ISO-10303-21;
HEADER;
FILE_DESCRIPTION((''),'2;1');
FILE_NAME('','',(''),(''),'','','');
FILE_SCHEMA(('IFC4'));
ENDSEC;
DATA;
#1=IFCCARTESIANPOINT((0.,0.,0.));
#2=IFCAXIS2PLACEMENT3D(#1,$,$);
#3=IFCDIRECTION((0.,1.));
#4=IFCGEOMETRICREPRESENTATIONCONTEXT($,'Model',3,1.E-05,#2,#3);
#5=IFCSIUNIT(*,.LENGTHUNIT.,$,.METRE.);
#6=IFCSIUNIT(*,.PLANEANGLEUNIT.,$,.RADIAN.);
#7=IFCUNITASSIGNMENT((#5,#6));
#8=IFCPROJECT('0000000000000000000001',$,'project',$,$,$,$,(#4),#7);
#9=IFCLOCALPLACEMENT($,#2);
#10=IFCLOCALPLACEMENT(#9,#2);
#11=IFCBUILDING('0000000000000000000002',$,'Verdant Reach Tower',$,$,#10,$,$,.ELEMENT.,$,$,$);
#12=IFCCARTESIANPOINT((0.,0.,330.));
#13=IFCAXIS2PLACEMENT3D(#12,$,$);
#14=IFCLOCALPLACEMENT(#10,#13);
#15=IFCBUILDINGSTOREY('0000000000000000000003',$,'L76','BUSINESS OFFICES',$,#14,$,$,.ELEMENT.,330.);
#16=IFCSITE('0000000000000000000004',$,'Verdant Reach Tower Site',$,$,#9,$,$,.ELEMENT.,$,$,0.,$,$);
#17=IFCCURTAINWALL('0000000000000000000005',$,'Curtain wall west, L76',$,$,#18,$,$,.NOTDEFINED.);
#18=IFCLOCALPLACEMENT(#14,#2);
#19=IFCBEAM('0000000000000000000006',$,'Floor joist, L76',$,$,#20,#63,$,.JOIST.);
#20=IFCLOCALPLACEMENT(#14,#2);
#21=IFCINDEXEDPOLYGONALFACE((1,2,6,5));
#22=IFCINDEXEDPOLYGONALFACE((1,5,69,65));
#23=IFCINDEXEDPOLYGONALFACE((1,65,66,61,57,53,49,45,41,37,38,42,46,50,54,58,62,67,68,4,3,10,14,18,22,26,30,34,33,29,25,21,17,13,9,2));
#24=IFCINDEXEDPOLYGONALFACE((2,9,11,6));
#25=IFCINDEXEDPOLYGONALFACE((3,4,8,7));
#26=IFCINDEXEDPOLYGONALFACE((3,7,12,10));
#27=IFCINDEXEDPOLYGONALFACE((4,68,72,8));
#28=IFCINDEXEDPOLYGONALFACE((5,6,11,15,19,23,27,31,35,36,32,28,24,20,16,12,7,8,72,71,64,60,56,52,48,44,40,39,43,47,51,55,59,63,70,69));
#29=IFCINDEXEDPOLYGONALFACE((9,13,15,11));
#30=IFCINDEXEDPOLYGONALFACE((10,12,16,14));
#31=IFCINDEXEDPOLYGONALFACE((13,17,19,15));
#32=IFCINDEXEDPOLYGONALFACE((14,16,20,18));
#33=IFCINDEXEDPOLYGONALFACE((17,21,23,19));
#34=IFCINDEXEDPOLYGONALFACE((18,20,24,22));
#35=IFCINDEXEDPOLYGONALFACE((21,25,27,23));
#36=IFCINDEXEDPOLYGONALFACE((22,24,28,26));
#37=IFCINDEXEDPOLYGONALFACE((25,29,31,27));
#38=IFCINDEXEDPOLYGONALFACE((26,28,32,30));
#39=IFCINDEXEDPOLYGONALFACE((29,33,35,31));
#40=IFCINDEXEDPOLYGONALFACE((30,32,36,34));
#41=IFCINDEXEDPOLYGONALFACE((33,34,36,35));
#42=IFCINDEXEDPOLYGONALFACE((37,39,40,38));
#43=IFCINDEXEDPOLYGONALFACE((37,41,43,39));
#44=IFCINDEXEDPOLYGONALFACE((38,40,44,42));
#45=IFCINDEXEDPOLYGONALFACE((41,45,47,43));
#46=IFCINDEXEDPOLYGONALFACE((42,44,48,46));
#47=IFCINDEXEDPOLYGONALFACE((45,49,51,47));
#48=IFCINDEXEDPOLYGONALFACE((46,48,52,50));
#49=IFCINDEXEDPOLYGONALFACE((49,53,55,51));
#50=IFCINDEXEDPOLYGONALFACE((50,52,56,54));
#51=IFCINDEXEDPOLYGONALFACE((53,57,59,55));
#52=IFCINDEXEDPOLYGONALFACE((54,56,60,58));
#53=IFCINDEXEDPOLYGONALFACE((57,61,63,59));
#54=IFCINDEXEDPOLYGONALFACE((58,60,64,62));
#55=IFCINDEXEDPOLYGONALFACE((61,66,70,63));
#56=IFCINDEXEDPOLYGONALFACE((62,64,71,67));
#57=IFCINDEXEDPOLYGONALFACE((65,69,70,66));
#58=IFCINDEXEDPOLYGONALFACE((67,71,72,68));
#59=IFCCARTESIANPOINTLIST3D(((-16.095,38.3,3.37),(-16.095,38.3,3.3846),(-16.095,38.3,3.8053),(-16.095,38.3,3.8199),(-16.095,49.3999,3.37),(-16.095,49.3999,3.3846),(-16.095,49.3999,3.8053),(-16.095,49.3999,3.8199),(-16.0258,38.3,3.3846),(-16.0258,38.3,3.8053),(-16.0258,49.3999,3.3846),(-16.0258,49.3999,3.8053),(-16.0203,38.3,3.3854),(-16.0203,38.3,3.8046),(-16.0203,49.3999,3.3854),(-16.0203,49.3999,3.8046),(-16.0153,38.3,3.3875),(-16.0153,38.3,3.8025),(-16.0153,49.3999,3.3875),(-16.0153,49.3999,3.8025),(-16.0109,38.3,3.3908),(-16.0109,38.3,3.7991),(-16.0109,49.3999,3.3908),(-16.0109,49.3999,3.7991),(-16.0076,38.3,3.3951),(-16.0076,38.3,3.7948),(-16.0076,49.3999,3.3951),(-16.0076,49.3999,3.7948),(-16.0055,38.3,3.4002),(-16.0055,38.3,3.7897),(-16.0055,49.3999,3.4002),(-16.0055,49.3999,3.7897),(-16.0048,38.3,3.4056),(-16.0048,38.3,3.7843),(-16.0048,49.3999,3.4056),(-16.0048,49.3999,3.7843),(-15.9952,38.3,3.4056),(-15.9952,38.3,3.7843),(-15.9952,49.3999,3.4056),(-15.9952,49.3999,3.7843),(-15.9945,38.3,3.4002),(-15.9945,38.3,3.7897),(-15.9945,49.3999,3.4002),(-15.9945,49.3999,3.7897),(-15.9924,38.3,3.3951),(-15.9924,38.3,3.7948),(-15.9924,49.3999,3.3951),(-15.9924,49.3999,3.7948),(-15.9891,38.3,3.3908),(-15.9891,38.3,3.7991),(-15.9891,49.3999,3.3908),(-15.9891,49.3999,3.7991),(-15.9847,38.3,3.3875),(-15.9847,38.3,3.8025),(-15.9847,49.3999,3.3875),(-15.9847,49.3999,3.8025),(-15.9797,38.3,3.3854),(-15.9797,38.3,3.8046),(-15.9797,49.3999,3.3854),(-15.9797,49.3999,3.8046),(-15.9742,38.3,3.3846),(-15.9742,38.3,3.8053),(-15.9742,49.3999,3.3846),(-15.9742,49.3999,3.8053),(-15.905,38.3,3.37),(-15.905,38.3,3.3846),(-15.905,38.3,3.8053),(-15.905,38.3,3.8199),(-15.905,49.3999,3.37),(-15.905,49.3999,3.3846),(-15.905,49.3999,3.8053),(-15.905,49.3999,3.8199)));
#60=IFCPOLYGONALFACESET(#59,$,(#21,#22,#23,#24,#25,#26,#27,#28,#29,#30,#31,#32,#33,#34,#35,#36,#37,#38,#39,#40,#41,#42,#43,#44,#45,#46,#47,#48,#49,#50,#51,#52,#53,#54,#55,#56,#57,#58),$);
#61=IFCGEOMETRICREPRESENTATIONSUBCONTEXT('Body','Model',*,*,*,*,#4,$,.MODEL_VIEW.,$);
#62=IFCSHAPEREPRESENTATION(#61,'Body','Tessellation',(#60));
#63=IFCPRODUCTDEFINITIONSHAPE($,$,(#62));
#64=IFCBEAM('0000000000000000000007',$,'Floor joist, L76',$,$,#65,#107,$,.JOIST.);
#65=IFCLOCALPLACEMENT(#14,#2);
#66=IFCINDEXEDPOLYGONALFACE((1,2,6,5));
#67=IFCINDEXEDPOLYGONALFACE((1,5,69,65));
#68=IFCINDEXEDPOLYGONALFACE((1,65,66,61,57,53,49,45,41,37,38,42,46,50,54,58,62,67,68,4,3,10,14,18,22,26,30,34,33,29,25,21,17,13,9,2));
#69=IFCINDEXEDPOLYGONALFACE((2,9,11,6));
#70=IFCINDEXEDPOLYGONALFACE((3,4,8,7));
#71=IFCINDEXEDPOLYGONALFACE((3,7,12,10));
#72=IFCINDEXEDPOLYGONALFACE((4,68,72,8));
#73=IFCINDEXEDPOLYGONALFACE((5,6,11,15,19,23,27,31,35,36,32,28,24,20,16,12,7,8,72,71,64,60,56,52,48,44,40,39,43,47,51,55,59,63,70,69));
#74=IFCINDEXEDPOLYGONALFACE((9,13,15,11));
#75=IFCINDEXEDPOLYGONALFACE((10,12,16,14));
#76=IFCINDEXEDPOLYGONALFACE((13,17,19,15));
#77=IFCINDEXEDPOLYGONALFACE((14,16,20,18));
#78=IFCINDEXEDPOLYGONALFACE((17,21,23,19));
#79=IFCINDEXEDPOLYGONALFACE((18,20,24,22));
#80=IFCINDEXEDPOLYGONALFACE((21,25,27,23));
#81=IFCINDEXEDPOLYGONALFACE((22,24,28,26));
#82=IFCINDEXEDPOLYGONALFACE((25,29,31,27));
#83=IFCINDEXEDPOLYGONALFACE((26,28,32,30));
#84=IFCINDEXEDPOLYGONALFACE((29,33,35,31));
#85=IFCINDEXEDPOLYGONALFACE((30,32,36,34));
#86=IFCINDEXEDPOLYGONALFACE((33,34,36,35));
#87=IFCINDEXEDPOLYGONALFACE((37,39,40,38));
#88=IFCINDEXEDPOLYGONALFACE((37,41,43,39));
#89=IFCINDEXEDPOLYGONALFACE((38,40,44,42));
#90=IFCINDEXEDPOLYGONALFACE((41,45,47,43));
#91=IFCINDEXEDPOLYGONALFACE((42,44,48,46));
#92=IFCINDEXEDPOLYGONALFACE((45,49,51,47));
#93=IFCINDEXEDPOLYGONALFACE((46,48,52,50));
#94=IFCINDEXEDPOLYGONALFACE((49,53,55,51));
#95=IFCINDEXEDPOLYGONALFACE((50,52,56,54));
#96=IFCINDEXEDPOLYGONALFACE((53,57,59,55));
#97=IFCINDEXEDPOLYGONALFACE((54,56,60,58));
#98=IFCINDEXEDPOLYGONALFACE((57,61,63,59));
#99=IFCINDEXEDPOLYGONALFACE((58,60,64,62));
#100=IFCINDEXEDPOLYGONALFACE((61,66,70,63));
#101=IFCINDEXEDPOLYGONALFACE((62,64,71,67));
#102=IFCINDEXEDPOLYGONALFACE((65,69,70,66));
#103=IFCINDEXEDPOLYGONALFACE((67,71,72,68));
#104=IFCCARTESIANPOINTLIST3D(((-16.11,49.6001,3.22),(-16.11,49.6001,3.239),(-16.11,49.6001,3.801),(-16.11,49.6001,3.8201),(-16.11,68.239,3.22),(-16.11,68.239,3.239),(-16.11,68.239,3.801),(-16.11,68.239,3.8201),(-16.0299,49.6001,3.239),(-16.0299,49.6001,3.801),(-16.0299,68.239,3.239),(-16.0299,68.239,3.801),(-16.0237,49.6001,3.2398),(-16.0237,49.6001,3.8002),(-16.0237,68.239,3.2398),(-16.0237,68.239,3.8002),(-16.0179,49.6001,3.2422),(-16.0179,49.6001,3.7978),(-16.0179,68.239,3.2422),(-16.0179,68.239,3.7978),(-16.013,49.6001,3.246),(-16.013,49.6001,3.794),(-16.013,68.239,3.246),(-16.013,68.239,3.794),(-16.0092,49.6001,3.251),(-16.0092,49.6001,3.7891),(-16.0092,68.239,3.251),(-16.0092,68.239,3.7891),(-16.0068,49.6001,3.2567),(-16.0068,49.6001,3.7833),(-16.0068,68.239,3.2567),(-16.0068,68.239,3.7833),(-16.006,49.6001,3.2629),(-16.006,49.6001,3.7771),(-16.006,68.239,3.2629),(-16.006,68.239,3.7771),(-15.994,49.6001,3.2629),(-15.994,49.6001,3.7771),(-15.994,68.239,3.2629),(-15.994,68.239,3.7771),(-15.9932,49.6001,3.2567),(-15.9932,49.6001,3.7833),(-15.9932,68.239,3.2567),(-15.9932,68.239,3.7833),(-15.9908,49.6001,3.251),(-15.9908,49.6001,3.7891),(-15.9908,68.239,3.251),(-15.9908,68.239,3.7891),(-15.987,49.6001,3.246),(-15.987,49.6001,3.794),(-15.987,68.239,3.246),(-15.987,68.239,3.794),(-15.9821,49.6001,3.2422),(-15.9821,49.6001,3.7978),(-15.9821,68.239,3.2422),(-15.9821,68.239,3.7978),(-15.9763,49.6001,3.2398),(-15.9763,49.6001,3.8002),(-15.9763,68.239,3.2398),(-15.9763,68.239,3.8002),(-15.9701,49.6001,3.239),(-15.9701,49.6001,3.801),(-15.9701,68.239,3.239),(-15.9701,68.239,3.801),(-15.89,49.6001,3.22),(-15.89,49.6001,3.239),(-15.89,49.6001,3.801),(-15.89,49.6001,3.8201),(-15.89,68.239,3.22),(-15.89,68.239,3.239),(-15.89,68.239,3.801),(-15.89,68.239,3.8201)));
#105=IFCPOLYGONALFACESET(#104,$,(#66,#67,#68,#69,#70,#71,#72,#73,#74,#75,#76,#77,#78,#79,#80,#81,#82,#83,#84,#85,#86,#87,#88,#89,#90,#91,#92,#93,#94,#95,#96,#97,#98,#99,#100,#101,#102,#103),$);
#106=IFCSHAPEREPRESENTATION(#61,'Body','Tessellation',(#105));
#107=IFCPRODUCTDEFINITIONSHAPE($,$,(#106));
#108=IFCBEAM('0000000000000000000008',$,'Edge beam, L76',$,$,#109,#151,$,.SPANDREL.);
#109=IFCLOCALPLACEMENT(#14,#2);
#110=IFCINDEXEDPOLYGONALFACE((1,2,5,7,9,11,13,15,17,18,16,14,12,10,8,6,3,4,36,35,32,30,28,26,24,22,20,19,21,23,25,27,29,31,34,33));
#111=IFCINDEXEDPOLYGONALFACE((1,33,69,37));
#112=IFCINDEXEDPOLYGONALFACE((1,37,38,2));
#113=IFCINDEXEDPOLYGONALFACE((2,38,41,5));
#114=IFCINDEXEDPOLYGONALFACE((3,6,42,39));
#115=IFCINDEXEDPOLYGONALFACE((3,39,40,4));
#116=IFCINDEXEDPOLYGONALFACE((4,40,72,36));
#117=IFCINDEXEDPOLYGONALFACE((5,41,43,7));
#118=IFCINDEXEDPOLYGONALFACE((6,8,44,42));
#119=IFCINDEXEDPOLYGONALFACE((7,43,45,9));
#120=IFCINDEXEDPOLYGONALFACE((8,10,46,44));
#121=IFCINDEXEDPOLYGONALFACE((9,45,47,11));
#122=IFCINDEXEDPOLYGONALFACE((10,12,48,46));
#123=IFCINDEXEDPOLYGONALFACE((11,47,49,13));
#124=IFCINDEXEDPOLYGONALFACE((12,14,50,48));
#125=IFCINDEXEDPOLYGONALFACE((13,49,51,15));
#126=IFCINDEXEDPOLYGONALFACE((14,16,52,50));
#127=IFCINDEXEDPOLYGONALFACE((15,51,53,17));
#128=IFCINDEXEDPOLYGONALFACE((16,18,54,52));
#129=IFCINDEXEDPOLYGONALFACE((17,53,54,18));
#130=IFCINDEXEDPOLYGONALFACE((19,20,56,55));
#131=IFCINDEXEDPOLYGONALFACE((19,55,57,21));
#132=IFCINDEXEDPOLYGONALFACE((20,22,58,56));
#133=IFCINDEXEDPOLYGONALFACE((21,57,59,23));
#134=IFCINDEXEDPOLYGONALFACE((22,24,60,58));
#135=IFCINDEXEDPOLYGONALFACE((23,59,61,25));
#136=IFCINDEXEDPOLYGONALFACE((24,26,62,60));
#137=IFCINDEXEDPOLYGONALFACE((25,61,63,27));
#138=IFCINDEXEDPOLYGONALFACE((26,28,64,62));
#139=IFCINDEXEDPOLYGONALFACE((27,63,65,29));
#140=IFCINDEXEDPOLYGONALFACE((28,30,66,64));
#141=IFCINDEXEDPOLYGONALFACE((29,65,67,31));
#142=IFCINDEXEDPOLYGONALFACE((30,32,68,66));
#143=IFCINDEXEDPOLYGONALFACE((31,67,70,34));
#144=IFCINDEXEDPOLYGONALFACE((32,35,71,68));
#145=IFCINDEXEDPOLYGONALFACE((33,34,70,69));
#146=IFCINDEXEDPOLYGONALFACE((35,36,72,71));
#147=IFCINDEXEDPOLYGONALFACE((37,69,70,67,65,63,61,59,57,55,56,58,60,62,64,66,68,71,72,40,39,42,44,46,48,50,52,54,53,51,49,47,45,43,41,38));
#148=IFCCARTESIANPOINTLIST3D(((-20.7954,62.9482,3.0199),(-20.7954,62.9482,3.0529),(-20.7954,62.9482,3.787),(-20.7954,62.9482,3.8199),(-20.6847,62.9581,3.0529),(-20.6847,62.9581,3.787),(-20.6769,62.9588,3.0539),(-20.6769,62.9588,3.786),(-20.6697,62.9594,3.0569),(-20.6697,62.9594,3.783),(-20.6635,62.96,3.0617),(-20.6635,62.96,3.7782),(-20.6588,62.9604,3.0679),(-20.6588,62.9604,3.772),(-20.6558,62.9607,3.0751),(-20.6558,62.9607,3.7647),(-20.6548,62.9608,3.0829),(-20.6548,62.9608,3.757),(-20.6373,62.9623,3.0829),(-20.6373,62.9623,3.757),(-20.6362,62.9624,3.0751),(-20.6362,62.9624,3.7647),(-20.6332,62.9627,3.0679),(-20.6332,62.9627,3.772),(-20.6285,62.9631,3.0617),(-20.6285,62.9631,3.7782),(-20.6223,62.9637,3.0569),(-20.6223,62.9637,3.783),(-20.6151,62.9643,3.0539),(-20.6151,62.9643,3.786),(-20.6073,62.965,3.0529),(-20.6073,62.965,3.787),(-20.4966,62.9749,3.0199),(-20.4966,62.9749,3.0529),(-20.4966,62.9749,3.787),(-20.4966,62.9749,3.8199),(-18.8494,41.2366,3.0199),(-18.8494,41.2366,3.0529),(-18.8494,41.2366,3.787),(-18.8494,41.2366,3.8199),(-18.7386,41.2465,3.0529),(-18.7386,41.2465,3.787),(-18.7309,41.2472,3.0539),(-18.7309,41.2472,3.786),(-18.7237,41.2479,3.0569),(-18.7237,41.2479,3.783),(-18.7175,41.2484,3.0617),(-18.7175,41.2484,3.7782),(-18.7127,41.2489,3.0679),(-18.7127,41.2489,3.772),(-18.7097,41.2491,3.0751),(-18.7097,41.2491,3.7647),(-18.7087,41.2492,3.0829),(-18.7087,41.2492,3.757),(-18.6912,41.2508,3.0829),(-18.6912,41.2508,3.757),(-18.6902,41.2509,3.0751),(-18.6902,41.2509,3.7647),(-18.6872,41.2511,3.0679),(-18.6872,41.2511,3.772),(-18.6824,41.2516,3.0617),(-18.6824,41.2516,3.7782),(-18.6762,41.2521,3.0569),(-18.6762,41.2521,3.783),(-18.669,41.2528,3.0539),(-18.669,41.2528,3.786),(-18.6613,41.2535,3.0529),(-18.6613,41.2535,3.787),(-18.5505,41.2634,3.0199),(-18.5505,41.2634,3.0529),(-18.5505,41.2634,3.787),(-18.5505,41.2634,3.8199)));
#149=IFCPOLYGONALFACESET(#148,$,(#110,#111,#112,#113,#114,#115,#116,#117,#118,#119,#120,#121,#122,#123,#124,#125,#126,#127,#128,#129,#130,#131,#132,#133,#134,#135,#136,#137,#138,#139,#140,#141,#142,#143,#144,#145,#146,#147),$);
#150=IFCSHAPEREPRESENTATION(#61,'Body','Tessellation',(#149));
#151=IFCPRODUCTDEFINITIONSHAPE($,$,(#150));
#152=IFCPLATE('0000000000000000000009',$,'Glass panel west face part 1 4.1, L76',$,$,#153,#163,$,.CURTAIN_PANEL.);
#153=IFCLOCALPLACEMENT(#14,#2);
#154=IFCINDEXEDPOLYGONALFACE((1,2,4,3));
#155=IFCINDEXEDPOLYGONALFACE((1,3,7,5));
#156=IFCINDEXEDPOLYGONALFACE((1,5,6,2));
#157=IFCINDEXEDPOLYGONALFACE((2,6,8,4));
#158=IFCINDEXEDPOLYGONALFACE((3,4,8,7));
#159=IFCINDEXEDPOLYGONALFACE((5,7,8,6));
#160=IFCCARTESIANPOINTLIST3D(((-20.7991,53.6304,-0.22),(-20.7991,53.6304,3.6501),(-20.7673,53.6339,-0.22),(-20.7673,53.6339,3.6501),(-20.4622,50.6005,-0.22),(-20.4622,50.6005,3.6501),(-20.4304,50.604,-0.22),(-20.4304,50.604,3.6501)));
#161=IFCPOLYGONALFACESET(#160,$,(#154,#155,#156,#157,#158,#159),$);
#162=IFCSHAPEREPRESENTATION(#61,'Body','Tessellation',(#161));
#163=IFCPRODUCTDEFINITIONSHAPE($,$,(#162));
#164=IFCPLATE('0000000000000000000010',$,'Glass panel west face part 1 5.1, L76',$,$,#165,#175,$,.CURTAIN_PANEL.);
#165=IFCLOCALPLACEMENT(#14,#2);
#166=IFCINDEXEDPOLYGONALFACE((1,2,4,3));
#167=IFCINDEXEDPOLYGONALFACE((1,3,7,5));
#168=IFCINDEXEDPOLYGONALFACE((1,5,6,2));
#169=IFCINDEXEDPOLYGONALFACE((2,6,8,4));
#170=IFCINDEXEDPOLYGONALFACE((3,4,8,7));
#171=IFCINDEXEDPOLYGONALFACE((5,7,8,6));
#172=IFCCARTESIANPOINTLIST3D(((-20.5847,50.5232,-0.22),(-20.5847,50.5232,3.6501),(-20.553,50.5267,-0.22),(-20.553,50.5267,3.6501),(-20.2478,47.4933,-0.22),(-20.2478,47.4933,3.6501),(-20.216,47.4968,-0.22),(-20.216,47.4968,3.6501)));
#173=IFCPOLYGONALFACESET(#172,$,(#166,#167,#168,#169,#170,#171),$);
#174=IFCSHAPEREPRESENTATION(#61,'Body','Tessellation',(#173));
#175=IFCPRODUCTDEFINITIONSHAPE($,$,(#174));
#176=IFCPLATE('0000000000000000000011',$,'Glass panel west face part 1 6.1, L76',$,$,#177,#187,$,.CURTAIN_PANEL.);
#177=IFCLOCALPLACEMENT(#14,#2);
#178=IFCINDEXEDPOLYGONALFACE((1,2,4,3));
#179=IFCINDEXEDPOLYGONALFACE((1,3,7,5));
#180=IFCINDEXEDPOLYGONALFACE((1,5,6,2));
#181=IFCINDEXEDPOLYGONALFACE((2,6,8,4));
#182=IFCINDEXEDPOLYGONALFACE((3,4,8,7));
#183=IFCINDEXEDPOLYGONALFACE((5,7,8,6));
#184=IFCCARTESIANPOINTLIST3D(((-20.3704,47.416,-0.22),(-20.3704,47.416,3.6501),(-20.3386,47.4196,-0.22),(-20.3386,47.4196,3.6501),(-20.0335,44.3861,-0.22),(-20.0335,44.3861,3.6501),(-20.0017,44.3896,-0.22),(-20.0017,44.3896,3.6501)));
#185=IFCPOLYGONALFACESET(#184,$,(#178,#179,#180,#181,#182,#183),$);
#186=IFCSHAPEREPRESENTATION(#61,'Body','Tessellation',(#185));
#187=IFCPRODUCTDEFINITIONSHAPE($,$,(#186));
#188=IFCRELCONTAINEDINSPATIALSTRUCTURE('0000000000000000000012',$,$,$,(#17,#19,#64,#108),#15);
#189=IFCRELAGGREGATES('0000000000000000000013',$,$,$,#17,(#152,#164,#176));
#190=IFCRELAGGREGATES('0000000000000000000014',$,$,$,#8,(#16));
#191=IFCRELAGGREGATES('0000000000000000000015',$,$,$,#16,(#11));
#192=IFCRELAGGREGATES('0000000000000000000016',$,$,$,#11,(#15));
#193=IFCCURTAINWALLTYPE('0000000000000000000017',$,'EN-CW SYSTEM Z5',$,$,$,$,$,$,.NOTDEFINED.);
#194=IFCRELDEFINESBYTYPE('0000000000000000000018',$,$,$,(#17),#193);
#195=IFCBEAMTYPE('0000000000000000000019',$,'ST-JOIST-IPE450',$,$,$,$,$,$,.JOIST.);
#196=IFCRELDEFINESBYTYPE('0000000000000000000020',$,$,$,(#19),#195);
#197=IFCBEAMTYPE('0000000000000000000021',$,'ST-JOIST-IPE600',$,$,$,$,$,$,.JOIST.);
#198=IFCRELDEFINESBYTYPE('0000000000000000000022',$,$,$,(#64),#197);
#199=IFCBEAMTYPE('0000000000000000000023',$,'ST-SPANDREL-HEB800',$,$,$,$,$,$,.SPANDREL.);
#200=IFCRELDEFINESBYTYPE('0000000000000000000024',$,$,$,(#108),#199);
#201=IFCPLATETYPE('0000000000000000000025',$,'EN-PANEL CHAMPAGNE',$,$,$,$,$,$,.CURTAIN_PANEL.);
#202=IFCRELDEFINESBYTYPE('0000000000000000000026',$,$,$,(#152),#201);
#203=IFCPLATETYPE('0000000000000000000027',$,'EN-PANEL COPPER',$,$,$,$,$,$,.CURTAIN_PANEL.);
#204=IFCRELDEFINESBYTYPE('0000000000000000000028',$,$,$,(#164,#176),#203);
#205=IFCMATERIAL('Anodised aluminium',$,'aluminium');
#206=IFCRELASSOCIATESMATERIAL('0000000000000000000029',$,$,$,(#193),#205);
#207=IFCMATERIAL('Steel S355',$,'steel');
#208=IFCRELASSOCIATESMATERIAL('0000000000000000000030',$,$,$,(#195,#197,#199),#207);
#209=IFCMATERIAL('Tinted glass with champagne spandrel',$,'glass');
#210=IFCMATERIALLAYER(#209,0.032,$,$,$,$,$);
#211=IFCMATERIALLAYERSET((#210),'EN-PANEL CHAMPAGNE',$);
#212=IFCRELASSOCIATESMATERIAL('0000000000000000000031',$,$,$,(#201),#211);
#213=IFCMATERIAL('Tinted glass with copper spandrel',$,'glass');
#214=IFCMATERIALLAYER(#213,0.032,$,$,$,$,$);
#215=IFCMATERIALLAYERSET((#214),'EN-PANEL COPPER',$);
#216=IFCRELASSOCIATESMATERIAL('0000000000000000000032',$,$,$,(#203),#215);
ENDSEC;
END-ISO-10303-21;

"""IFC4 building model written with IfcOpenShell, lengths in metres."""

from ifc_helpers import new_model, si_unit, direction, frame, origin, origin_2d, place, context, subcontext, project, spatial, rectangle, i_section, extrude, material, layer, layer_set, material_profile, profile_set, type_object, element, aggregate, save


model = new_model("IFC4")

# Units and contexts
model_context = context("Model", 3, precision=1e-05, world=origin(), true_north=direction((0.0, 1.0)))
body_context = subcontext(model_context, "Body", "Model", "MODEL_VIEW")
ifc_project = project(units=[si_unit("LENGTHUNIT", "METRE"), si_unit("PLANEANGLEUNIT", "RADIAN")], contexts=[model_context])

# Site, building, storey
site_placement = place(None, origin())
site = spatial("IfcSite", under=ifc_project, at=site_placement, Name="Verdant Reach Tower Site", CompositionType="ELEMENT", RefElevation=0.0)
building_placement = place(site_placement, origin())
building = spatial("IfcBuilding", under=site, at=building_placement, Name="Verdant Reach Tower", CompositionType="ELEMENT")
storey_placement = place(building_placement, frame((0.0, 0.0, 330.0)))
storey = spatial("IfcBuildingStorey", under=building, at=storey_placement, Name="L76", Description="BUSINESS OFFICES", CompositionType="ELEMENT", Elevation=330.0)

# Curtain wall
ifc_material_1 = material(Name="Anodised aluminium", Category="aluminium")
curtain_wall_type = type_object("IfcCurtainWallType", Name="EN-CW SYSTEM Z5", PredefinedType="NOTDEFINED", material=ifc_material_1)
curtain_wall_placement = place(storey_placement, origin())
curtain_wall = element("IfcCurtainWall", 1, at=curtain_wall_placement, inside=storey, type_object=curtain_wall_type, Name="Curtain wall west, L76", PredefinedType="NOTDEFINED")

# Beams
ifc_material_2 = material(Name="Steel S355", Category="steel")
ifc_material_profile_1 = material_profile(ifc_material_2, i_section(OverallWidth=0.1899, OverallDepth=0.45, WebThickness=0.0095, FlangeThickness=0.0146, FilletRadius=0.021, at=origin_2d()), Name="IPE 450")
ifc_profile_set_1 = profile_set([ifc_material_profile_1], Name="Steel S355")
beam_type_1 = type_object("IfcBeamType", Name="ST-JOIST-IPE450", PredefinedType="JOIST", material=ifc_profile_set_1)
beam_1_placement = place(storey_placement, frame((-16.0, 38.3, 3.595), z_axis=(0.0, 1.0, 0.0), x_axis=(-1.0, 0.0, 0.0)))
element("IfcBeam", 2, at=beam_1_placement, inside=storey, type_object=beam_type_1, Name="Floor joist, L76", PredefinedType="JOIST", context=body_context, shape_type="SweptSolid", body=[
    extrude(i_section(OverallWidth=0.1899, OverallDepth=0.45, WebThickness=0.0095, FlangeThickness=0.0146, FilletRadius=0.021, at=origin_2d()), origin(), (0.0, 0.0, 1.0), 11.0999),
])
ifc_material_profile_2 = material_profile(ifc_material_2, i_section(OverallWidth=0.22, OverallDepth=0.6001, WebThickness=0.012, FlangeThickness=0.019, FilletRadius=0.0239, at=origin_2d()), Name="IPE 600")
ifc_profile_set_2 = profile_set([ifc_material_profile_2], Name="Steel S355")
beam_type_2 = type_object("IfcBeamType", Name="ST-JOIST-IPE600", PredefinedType="JOIST", material=ifc_profile_set_2)
beam_2_placement = place(storey_placement, frame((-16.0, 49.6001, 3.52), z_axis=(0.0, 1.0, 0.0), x_axis=(-1.0, 0.0, 0.0)))
element("IfcBeam", 3, at=beam_2_placement, inside=storey, type_object=beam_type_2, Name="Floor joist, L76", PredefinedType="JOIST", context=body_context, shape_type="SweptSolid", body=[
    extrude(i_section(OverallWidth=0.22, OverallDepth=0.6001, WebThickness=0.012, FlangeThickness=0.019, FilletRadius=0.0239, at=origin_2d()), origin(), (0.0, 0.0, 1.0), 18.6389),
])
ifc_material_profile_3 = material_profile(ifc_material_2, i_section(OverallWidth=0.3, OverallDepth=0.8, WebThickness=0.0176, FlangeThickness=0.033, FilletRadius=0.03, at=origin_2d()), Name="HEB 800")
ifc_profile_set_3 = profile_set([ifc_material_profile_3], Name="Steel S355")
beam_type_3 = type_object("IfcBeamType", Name="ST-SPANDREL-HEB800", PredefinedType="SPANDREL", material=ifc_profile_set_3)
beam_3_placement = place(storey_placement, frame((-18.7, 41.25, 3.4199), z_axis=(-0.089274, 0.996007, 0.0), x_axis=(-0.996007, -0.089274, 0.0)))
element("IfcBeam", 4, at=beam_3_placement, inside=storey, type_object=beam_type_3, Name="Edge beam, L76", PredefinedType="SPANDREL", context=body_context, shape_type="SweptSolid", body=[
    extrude(i_section(OverallWidth=0.3, OverallDepth=0.8, WebThickness=0.0176, FlangeThickness=0.033, FilletRadius=0.03, at=origin_2d()), origin(), (0.0, 0.0, 1.0), 21.7986),
])

# Plates
ifc_material_3 = material(Name="Tinted glass with champagne spandrel", Category="glass")
ifc_layer_1 = layer(ifc_material_3, 0.032)
ifc_layer_set_1 = layer_set([ifc_layer_1], Name="EN-PANEL CHAMPAGNE")
plate_type_1 = type_object("IfcPlateType", Name="EN-PANEL CHAMPAGNE", PredefinedType="CURTAIN_PANEL", material=ifc_layer_set_1)
plate_1_placement = place(storey_placement, frame((-20.6147, 52.1172, -0.22), z_axis=(0.0, 0.0, 1.0), x_axis=(0.110518, -0.993874, 0.0)))
plate_1 = element("IfcPlate", 5, at=plate_1_placement, type_object=plate_type_1, Name="Glass panel west face part 1 4.1, L76", PredefinedType="CURTAIN_PANEL", context=body_context, shape_type="SweptSolid", body=[
    extrude(rectangle(XDim=3.0486, YDim=0.032, at=origin_2d()), origin(), (0.0, 0.0, 1.0), 3.8701),
])
ifc_material_4 = material(Name="Tinted glass with copper spandrel", Category="glass")
ifc_layer_2 = layer(ifc_material_4, 0.032)
ifc_layer_set_2 = layer_set([ifc_layer_2], Name="EN-PANEL COPPER")
plate_type_2 = type_object("IfcPlateType", Name="EN-PANEL COPPER", PredefinedType="CURTAIN_PANEL", material=ifc_layer_set_2)
plate_2_placement = place(storey_placement, frame((-20.4004, 49.01, -0.22), z_axis=(0.0, 0.0, 1.0), x_axis=(0.110518, -0.993874, 0.0)))
plate_2 = element("IfcPlate", 6, at=plate_2_placement, type_object=plate_type_2, Name="Glass panel west face part 1 5.1, L76", PredefinedType="CURTAIN_PANEL", context=body_context, shape_type="SweptSolid", body=[
    extrude(rectangle(XDim=3.0486, YDim=0.032, at=origin_2d()), origin(), (0.0, 0.0, 1.0), 3.8701),
])
plate_3_placement = place(storey_placement, frame((-20.186, 45.9028, -0.22), z_axis=(0.0, 0.0, 1.0), x_axis=(0.110518, -0.993874, 0.0)))
plate_3 = element("IfcPlate", 7, at=plate_3_placement, type_object=plate_type_2, Name="Glass panel west face part 1 6.1, L76", PredefinedType="CURTAIN_PANEL", context=body_context, shape_type="SweptSolid", body=[
    extrude(rectangle(XDim=3.0486, YDim=0.032, at=origin_2d()), origin(), (0.0, 0.0, 1.0), 3.8701),
])
aggregate(curtain_wall, [plate_1, plate_2, plate_3])

save(model, "model.ifc")
